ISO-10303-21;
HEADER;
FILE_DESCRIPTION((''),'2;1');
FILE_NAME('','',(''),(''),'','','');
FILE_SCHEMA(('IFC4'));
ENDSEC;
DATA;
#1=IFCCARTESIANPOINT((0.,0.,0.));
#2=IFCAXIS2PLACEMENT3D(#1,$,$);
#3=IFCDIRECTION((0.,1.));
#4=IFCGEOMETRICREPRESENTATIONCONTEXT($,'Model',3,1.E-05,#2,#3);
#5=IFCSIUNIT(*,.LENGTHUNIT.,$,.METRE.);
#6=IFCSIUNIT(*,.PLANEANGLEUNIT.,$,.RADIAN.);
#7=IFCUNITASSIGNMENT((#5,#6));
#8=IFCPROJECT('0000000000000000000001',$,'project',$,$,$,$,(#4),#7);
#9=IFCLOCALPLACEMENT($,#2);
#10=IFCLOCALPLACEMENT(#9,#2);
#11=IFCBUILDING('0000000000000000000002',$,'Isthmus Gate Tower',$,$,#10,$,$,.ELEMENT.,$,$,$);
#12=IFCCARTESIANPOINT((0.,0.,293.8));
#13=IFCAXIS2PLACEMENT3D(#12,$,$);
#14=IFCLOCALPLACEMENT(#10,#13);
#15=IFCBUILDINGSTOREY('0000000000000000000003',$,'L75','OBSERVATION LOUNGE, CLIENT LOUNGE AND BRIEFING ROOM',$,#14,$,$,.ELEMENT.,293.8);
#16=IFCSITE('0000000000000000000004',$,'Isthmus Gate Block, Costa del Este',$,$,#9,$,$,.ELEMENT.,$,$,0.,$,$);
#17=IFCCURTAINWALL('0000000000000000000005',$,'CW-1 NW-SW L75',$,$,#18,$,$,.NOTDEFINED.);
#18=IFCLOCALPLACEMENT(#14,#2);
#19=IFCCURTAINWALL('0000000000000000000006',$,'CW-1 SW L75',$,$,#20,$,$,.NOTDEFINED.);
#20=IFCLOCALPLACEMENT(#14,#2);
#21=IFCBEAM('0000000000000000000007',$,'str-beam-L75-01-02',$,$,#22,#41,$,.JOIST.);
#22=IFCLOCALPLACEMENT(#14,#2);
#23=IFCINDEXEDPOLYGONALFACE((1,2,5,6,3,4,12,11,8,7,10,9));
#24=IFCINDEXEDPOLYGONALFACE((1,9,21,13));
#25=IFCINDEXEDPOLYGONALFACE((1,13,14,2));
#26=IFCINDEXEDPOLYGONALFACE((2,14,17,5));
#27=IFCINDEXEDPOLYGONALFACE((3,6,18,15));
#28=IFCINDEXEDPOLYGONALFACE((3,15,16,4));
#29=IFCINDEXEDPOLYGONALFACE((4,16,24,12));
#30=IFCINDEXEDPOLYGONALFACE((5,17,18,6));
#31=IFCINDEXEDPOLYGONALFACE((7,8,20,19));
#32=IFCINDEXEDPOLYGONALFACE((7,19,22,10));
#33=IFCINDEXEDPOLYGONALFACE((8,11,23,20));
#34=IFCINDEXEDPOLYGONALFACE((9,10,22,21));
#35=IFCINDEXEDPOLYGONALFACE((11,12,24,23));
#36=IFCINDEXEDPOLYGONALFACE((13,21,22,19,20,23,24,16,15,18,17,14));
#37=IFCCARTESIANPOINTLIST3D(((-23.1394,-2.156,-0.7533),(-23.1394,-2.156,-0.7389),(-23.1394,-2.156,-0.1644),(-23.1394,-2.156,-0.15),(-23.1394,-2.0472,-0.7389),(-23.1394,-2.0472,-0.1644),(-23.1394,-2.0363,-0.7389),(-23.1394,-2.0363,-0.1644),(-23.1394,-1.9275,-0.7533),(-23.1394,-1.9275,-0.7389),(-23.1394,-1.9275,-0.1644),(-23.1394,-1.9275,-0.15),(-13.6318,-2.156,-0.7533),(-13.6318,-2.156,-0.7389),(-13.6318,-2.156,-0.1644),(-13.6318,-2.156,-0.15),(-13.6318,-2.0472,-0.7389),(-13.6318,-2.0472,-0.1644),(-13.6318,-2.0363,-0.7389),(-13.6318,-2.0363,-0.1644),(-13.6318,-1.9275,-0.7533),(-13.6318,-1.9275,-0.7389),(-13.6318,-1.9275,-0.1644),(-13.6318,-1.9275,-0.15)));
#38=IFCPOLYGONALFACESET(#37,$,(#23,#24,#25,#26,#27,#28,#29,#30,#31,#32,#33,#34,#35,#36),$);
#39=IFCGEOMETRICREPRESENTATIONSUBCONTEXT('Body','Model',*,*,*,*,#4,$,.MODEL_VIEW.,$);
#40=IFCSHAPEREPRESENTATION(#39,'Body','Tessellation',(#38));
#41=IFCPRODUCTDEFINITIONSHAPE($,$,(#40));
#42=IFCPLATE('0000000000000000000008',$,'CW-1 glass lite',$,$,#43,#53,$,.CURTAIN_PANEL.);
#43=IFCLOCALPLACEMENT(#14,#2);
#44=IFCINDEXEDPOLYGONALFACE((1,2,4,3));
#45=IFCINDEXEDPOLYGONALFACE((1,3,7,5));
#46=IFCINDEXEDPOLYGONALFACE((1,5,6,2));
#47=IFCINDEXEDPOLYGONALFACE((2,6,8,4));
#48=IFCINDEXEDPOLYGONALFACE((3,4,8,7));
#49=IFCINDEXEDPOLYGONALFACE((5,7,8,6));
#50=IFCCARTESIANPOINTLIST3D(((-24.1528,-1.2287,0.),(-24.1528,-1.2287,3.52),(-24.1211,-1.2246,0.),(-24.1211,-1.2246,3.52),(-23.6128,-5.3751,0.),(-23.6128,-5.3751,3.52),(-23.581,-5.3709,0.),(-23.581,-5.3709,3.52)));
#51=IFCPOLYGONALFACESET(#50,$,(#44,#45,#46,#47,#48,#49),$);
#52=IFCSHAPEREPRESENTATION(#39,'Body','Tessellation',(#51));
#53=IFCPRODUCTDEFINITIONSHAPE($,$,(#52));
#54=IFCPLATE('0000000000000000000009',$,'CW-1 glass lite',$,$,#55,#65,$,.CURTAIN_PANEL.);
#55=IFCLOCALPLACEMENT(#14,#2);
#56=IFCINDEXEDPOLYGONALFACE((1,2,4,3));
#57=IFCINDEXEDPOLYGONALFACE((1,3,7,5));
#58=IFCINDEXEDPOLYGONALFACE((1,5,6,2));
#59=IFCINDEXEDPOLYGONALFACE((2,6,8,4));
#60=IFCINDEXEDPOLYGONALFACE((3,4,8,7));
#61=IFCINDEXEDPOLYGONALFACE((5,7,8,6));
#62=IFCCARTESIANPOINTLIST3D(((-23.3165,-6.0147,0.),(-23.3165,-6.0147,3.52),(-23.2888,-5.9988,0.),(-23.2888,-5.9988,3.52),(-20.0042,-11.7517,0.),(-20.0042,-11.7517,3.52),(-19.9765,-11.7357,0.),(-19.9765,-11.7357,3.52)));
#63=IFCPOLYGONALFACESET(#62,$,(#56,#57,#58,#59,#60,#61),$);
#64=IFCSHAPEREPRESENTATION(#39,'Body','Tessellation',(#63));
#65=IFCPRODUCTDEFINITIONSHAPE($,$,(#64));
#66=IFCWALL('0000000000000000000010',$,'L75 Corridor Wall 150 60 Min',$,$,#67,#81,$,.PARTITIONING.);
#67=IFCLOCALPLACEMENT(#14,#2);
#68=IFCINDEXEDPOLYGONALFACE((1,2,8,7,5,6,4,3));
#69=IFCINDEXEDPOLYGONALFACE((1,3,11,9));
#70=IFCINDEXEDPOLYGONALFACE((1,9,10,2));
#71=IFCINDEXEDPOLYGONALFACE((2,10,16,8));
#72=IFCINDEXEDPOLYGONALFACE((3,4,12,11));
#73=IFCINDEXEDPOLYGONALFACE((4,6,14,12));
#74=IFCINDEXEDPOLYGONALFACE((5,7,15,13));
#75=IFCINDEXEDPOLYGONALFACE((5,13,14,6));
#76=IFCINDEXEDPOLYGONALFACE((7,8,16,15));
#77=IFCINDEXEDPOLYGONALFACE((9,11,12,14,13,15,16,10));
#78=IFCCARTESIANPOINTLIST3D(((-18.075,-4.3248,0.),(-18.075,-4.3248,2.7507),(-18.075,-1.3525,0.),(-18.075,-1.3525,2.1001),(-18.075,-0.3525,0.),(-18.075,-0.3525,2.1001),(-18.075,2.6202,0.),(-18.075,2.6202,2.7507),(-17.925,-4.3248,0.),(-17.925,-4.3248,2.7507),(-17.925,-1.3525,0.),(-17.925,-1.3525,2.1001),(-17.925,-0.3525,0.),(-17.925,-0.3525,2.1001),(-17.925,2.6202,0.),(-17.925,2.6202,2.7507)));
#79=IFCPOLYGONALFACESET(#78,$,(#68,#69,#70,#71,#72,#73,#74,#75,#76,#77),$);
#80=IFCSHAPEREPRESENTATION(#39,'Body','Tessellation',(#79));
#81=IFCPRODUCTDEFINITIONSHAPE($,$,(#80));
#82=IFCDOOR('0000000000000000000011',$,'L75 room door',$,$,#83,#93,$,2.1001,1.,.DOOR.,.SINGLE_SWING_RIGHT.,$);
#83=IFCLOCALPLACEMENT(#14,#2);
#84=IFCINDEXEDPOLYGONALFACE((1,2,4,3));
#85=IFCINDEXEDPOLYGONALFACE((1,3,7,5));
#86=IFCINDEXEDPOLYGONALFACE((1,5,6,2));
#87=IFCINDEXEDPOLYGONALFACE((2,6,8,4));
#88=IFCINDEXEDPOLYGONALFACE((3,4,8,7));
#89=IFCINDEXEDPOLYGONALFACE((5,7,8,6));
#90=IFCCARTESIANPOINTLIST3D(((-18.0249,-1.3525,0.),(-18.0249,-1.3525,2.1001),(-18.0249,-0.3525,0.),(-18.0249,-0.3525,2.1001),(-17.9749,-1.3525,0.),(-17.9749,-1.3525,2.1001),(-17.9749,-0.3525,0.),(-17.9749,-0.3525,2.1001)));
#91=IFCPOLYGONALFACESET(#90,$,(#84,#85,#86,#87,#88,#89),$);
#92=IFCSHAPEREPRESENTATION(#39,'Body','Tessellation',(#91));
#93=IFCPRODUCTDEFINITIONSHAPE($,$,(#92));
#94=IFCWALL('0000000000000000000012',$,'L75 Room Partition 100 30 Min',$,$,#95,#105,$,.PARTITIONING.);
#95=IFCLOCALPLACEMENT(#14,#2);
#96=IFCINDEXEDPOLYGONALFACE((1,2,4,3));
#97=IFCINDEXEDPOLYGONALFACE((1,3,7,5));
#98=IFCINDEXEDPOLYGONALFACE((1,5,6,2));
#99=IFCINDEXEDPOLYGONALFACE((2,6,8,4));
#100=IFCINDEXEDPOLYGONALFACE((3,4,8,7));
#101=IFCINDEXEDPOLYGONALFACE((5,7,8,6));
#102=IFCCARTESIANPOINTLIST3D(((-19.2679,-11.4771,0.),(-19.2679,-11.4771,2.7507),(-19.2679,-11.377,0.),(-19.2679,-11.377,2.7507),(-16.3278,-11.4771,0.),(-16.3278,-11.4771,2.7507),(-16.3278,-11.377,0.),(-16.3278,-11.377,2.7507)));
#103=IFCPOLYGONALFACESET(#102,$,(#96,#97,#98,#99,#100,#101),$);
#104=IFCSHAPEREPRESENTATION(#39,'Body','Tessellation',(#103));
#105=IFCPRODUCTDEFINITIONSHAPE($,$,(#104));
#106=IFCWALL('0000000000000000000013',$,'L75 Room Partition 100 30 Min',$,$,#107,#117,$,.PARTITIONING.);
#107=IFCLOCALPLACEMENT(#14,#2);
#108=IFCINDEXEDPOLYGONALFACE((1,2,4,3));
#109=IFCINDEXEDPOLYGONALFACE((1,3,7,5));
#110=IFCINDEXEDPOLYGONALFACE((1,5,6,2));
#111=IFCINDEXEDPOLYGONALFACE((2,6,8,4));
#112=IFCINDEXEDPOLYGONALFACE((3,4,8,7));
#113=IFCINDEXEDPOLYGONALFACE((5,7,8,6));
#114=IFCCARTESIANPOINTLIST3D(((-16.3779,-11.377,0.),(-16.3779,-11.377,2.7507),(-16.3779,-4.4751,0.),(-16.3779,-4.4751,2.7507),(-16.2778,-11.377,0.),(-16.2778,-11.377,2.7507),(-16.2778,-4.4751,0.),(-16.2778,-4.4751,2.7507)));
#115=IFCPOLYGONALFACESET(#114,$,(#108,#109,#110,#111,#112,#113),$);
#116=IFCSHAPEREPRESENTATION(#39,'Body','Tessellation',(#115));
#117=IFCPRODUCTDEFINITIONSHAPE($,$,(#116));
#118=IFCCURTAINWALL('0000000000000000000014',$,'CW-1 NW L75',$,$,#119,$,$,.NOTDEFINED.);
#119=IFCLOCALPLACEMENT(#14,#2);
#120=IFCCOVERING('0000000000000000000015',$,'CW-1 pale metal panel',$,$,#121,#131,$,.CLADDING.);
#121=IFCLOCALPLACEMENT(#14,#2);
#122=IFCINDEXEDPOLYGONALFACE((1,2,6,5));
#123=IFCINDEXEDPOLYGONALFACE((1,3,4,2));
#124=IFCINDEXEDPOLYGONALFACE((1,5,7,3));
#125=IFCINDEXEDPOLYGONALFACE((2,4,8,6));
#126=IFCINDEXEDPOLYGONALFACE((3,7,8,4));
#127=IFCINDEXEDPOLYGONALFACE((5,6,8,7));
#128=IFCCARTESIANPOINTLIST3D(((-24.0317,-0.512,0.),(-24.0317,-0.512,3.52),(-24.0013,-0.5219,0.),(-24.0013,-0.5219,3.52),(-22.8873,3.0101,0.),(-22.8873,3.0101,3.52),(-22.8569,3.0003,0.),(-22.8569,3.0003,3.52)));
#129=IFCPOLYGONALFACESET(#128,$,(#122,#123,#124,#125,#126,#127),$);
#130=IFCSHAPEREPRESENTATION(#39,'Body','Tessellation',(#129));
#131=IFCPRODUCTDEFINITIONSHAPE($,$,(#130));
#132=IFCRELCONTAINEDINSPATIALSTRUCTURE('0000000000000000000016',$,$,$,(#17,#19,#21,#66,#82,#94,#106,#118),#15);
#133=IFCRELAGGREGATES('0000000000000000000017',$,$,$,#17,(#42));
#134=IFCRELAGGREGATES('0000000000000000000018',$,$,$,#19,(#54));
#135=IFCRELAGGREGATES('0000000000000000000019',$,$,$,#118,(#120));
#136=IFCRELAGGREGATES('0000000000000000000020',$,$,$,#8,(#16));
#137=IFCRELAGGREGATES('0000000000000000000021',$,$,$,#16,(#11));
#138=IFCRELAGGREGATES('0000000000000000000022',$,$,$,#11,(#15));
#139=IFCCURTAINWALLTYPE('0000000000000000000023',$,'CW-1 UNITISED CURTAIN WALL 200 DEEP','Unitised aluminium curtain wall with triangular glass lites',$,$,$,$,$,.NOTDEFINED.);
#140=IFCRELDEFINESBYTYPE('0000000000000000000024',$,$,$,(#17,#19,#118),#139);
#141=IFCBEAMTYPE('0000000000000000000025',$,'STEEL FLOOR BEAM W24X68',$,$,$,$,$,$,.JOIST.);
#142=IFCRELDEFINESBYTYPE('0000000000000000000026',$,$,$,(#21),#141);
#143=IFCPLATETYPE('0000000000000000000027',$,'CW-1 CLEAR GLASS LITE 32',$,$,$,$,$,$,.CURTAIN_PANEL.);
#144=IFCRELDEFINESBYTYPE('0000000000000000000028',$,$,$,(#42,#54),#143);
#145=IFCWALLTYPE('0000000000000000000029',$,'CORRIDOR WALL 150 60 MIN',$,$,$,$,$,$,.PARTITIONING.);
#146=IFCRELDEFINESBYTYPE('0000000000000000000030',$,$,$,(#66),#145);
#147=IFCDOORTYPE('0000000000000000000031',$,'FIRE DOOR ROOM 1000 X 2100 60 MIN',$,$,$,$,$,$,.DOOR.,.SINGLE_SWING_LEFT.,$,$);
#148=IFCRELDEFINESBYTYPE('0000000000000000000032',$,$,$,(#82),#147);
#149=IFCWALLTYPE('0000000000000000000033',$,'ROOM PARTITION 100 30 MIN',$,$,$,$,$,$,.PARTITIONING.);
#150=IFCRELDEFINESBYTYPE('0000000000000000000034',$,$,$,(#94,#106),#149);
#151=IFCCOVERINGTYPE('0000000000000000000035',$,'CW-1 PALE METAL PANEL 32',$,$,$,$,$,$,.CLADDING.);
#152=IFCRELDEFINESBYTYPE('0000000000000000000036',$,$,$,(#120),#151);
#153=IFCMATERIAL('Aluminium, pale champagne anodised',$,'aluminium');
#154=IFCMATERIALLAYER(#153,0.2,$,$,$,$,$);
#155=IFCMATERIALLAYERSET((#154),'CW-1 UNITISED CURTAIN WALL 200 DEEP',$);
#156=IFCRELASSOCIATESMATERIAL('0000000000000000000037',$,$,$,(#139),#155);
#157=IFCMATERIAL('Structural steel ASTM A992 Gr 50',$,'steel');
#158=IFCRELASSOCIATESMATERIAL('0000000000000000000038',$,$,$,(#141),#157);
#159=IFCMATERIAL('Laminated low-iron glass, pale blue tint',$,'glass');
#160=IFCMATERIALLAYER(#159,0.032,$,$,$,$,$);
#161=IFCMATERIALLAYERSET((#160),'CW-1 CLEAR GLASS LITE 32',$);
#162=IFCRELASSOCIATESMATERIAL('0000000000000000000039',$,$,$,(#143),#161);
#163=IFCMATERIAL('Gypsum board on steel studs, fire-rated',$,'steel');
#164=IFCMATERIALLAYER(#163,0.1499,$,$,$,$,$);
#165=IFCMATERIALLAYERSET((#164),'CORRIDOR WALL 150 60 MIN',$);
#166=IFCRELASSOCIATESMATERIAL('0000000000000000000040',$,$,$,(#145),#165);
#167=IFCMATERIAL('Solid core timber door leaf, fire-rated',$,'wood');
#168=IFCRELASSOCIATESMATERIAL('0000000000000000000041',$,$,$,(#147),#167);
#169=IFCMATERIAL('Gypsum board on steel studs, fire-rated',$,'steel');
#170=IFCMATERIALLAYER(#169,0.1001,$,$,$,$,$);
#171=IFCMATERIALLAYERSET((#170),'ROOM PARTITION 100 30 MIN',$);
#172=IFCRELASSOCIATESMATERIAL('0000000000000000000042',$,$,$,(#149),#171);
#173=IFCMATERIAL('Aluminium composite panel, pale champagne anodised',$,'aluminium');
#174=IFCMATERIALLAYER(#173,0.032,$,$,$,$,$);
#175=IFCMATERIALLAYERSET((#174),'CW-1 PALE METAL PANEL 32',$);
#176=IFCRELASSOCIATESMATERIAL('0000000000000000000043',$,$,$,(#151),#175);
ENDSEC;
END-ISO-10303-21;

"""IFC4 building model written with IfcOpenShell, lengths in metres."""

from ifc_helpers import new_model, si_unit, direction, frame, frame_2d, origin, origin_2d, place, context, subcontext, project, spatial, rectangle, i_section, extrude, material, layer, layer_set, material_profile, profile_set, type_object, element, fill, aggregate, save


model = new_model("IFC4")

# Units and contexts
model_context = context("Model", 3, precision=1e-05, world=origin(), true_north=direction((0.0, 1.0)))
body_context = subcontext(model_context, "Body", "Model", "MODEL_VIEW")
ifc_project = project(units=[si_unit("LENGTHUNIT", "METRE"), si_unit("PLANEANGLEUNIT", "RADIAN")], contexts=[model_context])

# Site, building, storey
site_placement = place(None, origin())
site = spatial("IfcSite", under=ifc_project, at=site_placement, Name="Isthmus Gate Block, Costa del Este", CompositionType="ELEMENT", RefElevation=0.0)
building_placement = place(site_placement, origin())
building = spatial("IfcBuilding", under=site, at=building_placement, Name="Isthmus Gate Tower", CompositionType="ELEMENT")
storey_placement = place(building_placement, frame((0.0, 0.0, 293.8)))
storey = spatial("IfcBuildingStorey", under=building, at=storey_placement, Name="L75", Description="OBSERVATION LOUNGE, CLIENT LOUNGE AND BRIEFING ROOM", CompositionType="ELEMENT", Elevation=293.8)

# Curtain walls
ifc_material_1 = material(Name="Aluminium, pale champagne anodised", Category="aluminium")
ifc_layer_1 = layer(ifc_material_1, 0.2)
ifc_layer_set_1 = layer_set([ifc_layer_1], Name="CW-1 UNITISED CURTAIN WALL 200 DEEP")
curtain_wall_type = type_object("IfcCurtainWallType", Name="CW-1 UNITISED CURTAIN WALL 200 DEEP", Description="Unitised aluminium curtain wall with triangular glass lites", PredefinedType="NOTDEFINED", material=ifc_layer_set_1)
curtain_wall_1_placement = place(storey_placement, origin())
curtain_wall_1 = element("IfcCurtainWall", 1, at=curtain_wall_1_placement, inside=storey, type_object=curtain_wall_type, Name="CW-1 NW-SW L75", PredefinedType="NOTDEFINED")
curtain_wall_2_placement = place(storey_placement, origin())
curtain_wall_2 = element("IfcCurtainWall", 2, at=curtain_wall_2_placement, inside=storey, type_object=curtain_wall_type, Name="CW-1 SW L75", PredefinedType="NOTDEFINED")

# Beam
ifc_material_2 = material(Name="Structural steel ASTM A992 Gr 50", Category="steel")
ifc_material_profile_1 = material_profile(ifc_material_2, i_section(OverallWidth=0.2285, OverallDepth=0.6033, WebThickness=0.011, FlangeThickness=0.0144, at=origin_2d()), Name="W24X68")
ifc_profile_set_1 = profile_set([ifc_material_profile_1], Name="Structural steel ASTM A992 Gr 50")
beam_type_1 = type_object("IfcBeamType", Name="STEEL FLOOR BEAM W24X68", PredefinedType="JOIST", material=ifc_profile_set_1)
beam_1_placement = place(storey_placement, frame((-23.1394, -2.0417, -0.4517), z_axis=(1.0, 0.0, 0.0), x_axis=(0.0, 1.0, 0.0)))
element("IfcBeam", 3, at=beam_1_placement, inside=storey, type_object=beam_type_1, Name="str-beam-L75-01-02", PredefinedType="JOIST", context=body_context, shape_type="SweptSolid", body=[
    extrude(i_section(OverallWidth=0.2285, OverallDepth=0.6033, WebThickness=0.011, FlangeThickness=0.0144, at=origin_2d()), origin(), (0.0, 0.0, 1.0), 9.5076),
])

# Plates
ifc_material_3 = material(Name="Laminated low-iron glass, pale blue tint", Category="glass")
ifc_layer_2 = layer(ifc_material_3, 0.032)
ifc_layer_set_2 = layer_set([ifc_layer_2], Name="CW-1 CLEAR GLASS LITE 32")
plate_type = type_object("IfcPlateType", Name="CW-1 CLEAR GLASS LITE 32", PredefinedType="CURTAIN_PANEL", material=ifc_layer_set_2)
plate_1_placement = place(storey_placement, frame((-23.8669, -3.2998, 0.0), z_axis=(0.0, 0.0, 1.0), x_axis=(0.129165, -0.991623, 0.0)))
plate_1 = element("IfcPlate", 4, at=plate_1_placement, type_object=plate_type, Name="CW-1 glass lite", PredefinedType="CURTAIN_PANEL", context=body_context, shape_type="SweptSolid", body=[
    extrude(rectangle(XDim=4.1814, YDim=0.032, at=origin_2d()), origin(), (0.0, 0.0, 1.0), 3.52),
])
aggregate(curtain_wall_1, [plate_1])
plate_2_placement = place(storey_placement, frame((-21.6465, -8.8752, 0.0), z_axis=(0.0, 0.0, 1.0), x_axis=(0.5, -0.866025, 0.0)))
plate_2 = element("IfcPlate", 5, at=plate_2_placement, type_object=plate_type, Name="CW-1 glass lite", PredefinedType="CURTAIN_PANEL", context=body_context, shape_type="SweptSolid", body=[
    extrude(rectangle(XDim=6.6245, YDim=0.032, at=origin_2d()), origin(), (0.0, 0.0, 1.0), 3.52),
])
aggregate(curtain_wall_2, [plate_2])

# Wall, opening, door
ifc_material_4 = material(Name="Gypsum board on steel studs, fire-rated", Category="steel")
ifc_layer_3 = layer(ifc_material_4, 0.1499)
ifc_layer_set_3 = layer_set([ifc_layer_3], Name="CORRIDOR WALL 150 60 MIN")
wall_type_1 = type_object("IfcWallType", Name="CORRIDOR WALL 150 60 MIN", PredefinedType="PARTITIONING", material=ifc_layer_set_3)
wall_1_placement = place(storey_placement, frame((-18.0, -4.325, 0.0), z_axis=(0.0, 0.0, 1.0), x_axis=(0.0, 1.0, 0.0)))
wall_1 = element("IfcWall", 6, at=wall_1_placement, inside=storey, type_object=wall_type_1, Name="L75 Corridor Wall 150 60 Min", PredefinedType="PARTITIONING", context=body_context, shape_type="SweptSolid", body=[
    extrude(rectangle(XDim=6.9451, YDim=0.1499, at=frame_2d((3.4727, 0.0))), origin(), (0.0, 0.0, 1.0), 2.7507),
])
opening_placement = place(wall_1_placement, frame((2.9724, 0.0, 0.0)))
opening = element("IfcOpeningElement", 7, at=opening_placement, cuts=wall_1, PredefinedType="OPENING", context=body_context, shape_type="SweptSolid", body=[
    extrude(rectangle(XDim=1.0, YDim=2.1001, at=frame_2d((0.5, 1.05))), frame((0.0, 0.085, 0.0), z_axis=(0.0, -1.0, 0.0), x_axis=(1.0, 0.0, 0.0)), (0.0, 0.0, 1.0), 0.1699),
])
ifc_material_5 = material(Name="Solid core timber door leaf, fire-rated", Category="wood")
door_type = type_object("IfcDoorType", Name="FIRE DOOR ROOM 1000 X 2100 60 MIN", OperationType="SINGLE_SWING_LEFT", PredefinedType="DOOR", material=ifc_material_5)
door_placement = place(opening_placement, origin())
door = element("IfcDoor", 8, at=door_placement, inside=storey, type_object=door_type, Name="L75 room door", OperationType="SINGLE_SWING_RIGHT", OverallHeight=2.1001, OverallWidth=1.0, PredefinedType="DOOR", context=body_context, shape_type="SweptSolid", body=[
    extrude(rectangle(XDim=1.0, YDim=2.1001, at=frame_2d((0.5, 1.05))), frame((0.0, 0.0249, 0.0), z_axis=(0.0, -1.0, 0.0), x_axis=(1.0, 0.0, 0.0)), (0.0, 0.0, 1.0), 0.05),
])
fill(opening, door)

# Walls
ifc_material_6 = material(Name="Gypsum board on steel studs, fire-rated", Category="steel")
ifc_layer_4 = layer(ifc_material_6, 0.1001)
ifc_layer_set_4 = layer_set([ifc_layer_4], Name="ROOM PARTITION 100 30 MIN")
wall_type_2 = type_object("IfcWallType", Name="ROOM PARTITION 100 30 MIN", PredefinedType="PARTITIONING", material=ifc_layer_set_4)
wall_2_placement = place(storey_placement, frame((-19.2681, -11.427, 0.0), z_axis=(0.0, 0.0, 1.0), x_axis=(1.0, 0.0, 0.0)))
element("IfcWall", 9, at=wall_2_placement, inside=storey, type_object=wall_type_2, Name="L75 Room Partition 100 30 Min", PredefinedType="PARTITIONING", context=body_context, shape_type="SweptSolid", body=[
    extrude(rectangle(XDim=2.9402, YDim=0.1001, at=frame_2d((1.4702, 0.0))), origin(), (0.0, 0.0, 1.0), 2.7507),
])
wall_3_placement = place(storey_placement, frame((-16.3279, -11.377, 0.0), z_axis=(0.0, 0.0, 1.0), x_axis=(0.0, 1.0, 0.0)))
element("IfcWall", 10, at=wall_3_placement, inside=storey, type_object=wall_type_2, Name="L75 Room Partition 100 30 Min", PredefinedType="PARTITIONING", context=body_context, shape_type="SweptSolid", body=[
    extrude(rectangle(XDim=6.9019, YDim=0.1001, at=frame_2d((3.4509, 0.0))), origin(), (0.0, 0.0, 1.0), 2.7507),
])

# Curtain wall, covering
curtain_wall_3_placement = place(storey_placement, origin())
curtain_wall_3 = element("IfcCurtainWall", 11, at=curtain_wall_3_placement, inside=storey, type_object=curtain_wall_type, Name="CW-1 NW L75", PredefinedType="NOTDEFINED")
ifc_material_7 = material(Name="Aluminium composite panel, pale champagne anodised", Category="aluminium")
ifc_layer_5 = layer(ifc_material_7, 0.032)
ifc_layer_set_5 = layer_set([ifc_layer_5], Name="CW-1 PALE METAL PANEL 32")
covering_type = type_object("IfcCoveringType", Name="CW-1 PALE METAL PANEL 32", PredefinedType="CLADDING", material=ifc_layer_set_5)
covering_placement = place(storey_placement, frame((-23.4443, 1.2441, 0.0), z_axis=(0.0, 0.0, 1.0), x_axis=(-0.309017, -0.951057, 0.0)))
covering = element("IfcCovering", 12, at=covering_placement, type_object=covering_type, Name="CW-1 pale metal panel", PredefinedType="CLADDING", context=body_context, shape_type="SweptSolid", body=[
    extrude(rectangle(XDim=3.7034, YDim=0.032, at=origin_2d()), origin(), (0.0, 0.0, 1.0), 3.52),
])
aggregate(curtain_wall_3, [covering])

save(model, "model.ifc")
